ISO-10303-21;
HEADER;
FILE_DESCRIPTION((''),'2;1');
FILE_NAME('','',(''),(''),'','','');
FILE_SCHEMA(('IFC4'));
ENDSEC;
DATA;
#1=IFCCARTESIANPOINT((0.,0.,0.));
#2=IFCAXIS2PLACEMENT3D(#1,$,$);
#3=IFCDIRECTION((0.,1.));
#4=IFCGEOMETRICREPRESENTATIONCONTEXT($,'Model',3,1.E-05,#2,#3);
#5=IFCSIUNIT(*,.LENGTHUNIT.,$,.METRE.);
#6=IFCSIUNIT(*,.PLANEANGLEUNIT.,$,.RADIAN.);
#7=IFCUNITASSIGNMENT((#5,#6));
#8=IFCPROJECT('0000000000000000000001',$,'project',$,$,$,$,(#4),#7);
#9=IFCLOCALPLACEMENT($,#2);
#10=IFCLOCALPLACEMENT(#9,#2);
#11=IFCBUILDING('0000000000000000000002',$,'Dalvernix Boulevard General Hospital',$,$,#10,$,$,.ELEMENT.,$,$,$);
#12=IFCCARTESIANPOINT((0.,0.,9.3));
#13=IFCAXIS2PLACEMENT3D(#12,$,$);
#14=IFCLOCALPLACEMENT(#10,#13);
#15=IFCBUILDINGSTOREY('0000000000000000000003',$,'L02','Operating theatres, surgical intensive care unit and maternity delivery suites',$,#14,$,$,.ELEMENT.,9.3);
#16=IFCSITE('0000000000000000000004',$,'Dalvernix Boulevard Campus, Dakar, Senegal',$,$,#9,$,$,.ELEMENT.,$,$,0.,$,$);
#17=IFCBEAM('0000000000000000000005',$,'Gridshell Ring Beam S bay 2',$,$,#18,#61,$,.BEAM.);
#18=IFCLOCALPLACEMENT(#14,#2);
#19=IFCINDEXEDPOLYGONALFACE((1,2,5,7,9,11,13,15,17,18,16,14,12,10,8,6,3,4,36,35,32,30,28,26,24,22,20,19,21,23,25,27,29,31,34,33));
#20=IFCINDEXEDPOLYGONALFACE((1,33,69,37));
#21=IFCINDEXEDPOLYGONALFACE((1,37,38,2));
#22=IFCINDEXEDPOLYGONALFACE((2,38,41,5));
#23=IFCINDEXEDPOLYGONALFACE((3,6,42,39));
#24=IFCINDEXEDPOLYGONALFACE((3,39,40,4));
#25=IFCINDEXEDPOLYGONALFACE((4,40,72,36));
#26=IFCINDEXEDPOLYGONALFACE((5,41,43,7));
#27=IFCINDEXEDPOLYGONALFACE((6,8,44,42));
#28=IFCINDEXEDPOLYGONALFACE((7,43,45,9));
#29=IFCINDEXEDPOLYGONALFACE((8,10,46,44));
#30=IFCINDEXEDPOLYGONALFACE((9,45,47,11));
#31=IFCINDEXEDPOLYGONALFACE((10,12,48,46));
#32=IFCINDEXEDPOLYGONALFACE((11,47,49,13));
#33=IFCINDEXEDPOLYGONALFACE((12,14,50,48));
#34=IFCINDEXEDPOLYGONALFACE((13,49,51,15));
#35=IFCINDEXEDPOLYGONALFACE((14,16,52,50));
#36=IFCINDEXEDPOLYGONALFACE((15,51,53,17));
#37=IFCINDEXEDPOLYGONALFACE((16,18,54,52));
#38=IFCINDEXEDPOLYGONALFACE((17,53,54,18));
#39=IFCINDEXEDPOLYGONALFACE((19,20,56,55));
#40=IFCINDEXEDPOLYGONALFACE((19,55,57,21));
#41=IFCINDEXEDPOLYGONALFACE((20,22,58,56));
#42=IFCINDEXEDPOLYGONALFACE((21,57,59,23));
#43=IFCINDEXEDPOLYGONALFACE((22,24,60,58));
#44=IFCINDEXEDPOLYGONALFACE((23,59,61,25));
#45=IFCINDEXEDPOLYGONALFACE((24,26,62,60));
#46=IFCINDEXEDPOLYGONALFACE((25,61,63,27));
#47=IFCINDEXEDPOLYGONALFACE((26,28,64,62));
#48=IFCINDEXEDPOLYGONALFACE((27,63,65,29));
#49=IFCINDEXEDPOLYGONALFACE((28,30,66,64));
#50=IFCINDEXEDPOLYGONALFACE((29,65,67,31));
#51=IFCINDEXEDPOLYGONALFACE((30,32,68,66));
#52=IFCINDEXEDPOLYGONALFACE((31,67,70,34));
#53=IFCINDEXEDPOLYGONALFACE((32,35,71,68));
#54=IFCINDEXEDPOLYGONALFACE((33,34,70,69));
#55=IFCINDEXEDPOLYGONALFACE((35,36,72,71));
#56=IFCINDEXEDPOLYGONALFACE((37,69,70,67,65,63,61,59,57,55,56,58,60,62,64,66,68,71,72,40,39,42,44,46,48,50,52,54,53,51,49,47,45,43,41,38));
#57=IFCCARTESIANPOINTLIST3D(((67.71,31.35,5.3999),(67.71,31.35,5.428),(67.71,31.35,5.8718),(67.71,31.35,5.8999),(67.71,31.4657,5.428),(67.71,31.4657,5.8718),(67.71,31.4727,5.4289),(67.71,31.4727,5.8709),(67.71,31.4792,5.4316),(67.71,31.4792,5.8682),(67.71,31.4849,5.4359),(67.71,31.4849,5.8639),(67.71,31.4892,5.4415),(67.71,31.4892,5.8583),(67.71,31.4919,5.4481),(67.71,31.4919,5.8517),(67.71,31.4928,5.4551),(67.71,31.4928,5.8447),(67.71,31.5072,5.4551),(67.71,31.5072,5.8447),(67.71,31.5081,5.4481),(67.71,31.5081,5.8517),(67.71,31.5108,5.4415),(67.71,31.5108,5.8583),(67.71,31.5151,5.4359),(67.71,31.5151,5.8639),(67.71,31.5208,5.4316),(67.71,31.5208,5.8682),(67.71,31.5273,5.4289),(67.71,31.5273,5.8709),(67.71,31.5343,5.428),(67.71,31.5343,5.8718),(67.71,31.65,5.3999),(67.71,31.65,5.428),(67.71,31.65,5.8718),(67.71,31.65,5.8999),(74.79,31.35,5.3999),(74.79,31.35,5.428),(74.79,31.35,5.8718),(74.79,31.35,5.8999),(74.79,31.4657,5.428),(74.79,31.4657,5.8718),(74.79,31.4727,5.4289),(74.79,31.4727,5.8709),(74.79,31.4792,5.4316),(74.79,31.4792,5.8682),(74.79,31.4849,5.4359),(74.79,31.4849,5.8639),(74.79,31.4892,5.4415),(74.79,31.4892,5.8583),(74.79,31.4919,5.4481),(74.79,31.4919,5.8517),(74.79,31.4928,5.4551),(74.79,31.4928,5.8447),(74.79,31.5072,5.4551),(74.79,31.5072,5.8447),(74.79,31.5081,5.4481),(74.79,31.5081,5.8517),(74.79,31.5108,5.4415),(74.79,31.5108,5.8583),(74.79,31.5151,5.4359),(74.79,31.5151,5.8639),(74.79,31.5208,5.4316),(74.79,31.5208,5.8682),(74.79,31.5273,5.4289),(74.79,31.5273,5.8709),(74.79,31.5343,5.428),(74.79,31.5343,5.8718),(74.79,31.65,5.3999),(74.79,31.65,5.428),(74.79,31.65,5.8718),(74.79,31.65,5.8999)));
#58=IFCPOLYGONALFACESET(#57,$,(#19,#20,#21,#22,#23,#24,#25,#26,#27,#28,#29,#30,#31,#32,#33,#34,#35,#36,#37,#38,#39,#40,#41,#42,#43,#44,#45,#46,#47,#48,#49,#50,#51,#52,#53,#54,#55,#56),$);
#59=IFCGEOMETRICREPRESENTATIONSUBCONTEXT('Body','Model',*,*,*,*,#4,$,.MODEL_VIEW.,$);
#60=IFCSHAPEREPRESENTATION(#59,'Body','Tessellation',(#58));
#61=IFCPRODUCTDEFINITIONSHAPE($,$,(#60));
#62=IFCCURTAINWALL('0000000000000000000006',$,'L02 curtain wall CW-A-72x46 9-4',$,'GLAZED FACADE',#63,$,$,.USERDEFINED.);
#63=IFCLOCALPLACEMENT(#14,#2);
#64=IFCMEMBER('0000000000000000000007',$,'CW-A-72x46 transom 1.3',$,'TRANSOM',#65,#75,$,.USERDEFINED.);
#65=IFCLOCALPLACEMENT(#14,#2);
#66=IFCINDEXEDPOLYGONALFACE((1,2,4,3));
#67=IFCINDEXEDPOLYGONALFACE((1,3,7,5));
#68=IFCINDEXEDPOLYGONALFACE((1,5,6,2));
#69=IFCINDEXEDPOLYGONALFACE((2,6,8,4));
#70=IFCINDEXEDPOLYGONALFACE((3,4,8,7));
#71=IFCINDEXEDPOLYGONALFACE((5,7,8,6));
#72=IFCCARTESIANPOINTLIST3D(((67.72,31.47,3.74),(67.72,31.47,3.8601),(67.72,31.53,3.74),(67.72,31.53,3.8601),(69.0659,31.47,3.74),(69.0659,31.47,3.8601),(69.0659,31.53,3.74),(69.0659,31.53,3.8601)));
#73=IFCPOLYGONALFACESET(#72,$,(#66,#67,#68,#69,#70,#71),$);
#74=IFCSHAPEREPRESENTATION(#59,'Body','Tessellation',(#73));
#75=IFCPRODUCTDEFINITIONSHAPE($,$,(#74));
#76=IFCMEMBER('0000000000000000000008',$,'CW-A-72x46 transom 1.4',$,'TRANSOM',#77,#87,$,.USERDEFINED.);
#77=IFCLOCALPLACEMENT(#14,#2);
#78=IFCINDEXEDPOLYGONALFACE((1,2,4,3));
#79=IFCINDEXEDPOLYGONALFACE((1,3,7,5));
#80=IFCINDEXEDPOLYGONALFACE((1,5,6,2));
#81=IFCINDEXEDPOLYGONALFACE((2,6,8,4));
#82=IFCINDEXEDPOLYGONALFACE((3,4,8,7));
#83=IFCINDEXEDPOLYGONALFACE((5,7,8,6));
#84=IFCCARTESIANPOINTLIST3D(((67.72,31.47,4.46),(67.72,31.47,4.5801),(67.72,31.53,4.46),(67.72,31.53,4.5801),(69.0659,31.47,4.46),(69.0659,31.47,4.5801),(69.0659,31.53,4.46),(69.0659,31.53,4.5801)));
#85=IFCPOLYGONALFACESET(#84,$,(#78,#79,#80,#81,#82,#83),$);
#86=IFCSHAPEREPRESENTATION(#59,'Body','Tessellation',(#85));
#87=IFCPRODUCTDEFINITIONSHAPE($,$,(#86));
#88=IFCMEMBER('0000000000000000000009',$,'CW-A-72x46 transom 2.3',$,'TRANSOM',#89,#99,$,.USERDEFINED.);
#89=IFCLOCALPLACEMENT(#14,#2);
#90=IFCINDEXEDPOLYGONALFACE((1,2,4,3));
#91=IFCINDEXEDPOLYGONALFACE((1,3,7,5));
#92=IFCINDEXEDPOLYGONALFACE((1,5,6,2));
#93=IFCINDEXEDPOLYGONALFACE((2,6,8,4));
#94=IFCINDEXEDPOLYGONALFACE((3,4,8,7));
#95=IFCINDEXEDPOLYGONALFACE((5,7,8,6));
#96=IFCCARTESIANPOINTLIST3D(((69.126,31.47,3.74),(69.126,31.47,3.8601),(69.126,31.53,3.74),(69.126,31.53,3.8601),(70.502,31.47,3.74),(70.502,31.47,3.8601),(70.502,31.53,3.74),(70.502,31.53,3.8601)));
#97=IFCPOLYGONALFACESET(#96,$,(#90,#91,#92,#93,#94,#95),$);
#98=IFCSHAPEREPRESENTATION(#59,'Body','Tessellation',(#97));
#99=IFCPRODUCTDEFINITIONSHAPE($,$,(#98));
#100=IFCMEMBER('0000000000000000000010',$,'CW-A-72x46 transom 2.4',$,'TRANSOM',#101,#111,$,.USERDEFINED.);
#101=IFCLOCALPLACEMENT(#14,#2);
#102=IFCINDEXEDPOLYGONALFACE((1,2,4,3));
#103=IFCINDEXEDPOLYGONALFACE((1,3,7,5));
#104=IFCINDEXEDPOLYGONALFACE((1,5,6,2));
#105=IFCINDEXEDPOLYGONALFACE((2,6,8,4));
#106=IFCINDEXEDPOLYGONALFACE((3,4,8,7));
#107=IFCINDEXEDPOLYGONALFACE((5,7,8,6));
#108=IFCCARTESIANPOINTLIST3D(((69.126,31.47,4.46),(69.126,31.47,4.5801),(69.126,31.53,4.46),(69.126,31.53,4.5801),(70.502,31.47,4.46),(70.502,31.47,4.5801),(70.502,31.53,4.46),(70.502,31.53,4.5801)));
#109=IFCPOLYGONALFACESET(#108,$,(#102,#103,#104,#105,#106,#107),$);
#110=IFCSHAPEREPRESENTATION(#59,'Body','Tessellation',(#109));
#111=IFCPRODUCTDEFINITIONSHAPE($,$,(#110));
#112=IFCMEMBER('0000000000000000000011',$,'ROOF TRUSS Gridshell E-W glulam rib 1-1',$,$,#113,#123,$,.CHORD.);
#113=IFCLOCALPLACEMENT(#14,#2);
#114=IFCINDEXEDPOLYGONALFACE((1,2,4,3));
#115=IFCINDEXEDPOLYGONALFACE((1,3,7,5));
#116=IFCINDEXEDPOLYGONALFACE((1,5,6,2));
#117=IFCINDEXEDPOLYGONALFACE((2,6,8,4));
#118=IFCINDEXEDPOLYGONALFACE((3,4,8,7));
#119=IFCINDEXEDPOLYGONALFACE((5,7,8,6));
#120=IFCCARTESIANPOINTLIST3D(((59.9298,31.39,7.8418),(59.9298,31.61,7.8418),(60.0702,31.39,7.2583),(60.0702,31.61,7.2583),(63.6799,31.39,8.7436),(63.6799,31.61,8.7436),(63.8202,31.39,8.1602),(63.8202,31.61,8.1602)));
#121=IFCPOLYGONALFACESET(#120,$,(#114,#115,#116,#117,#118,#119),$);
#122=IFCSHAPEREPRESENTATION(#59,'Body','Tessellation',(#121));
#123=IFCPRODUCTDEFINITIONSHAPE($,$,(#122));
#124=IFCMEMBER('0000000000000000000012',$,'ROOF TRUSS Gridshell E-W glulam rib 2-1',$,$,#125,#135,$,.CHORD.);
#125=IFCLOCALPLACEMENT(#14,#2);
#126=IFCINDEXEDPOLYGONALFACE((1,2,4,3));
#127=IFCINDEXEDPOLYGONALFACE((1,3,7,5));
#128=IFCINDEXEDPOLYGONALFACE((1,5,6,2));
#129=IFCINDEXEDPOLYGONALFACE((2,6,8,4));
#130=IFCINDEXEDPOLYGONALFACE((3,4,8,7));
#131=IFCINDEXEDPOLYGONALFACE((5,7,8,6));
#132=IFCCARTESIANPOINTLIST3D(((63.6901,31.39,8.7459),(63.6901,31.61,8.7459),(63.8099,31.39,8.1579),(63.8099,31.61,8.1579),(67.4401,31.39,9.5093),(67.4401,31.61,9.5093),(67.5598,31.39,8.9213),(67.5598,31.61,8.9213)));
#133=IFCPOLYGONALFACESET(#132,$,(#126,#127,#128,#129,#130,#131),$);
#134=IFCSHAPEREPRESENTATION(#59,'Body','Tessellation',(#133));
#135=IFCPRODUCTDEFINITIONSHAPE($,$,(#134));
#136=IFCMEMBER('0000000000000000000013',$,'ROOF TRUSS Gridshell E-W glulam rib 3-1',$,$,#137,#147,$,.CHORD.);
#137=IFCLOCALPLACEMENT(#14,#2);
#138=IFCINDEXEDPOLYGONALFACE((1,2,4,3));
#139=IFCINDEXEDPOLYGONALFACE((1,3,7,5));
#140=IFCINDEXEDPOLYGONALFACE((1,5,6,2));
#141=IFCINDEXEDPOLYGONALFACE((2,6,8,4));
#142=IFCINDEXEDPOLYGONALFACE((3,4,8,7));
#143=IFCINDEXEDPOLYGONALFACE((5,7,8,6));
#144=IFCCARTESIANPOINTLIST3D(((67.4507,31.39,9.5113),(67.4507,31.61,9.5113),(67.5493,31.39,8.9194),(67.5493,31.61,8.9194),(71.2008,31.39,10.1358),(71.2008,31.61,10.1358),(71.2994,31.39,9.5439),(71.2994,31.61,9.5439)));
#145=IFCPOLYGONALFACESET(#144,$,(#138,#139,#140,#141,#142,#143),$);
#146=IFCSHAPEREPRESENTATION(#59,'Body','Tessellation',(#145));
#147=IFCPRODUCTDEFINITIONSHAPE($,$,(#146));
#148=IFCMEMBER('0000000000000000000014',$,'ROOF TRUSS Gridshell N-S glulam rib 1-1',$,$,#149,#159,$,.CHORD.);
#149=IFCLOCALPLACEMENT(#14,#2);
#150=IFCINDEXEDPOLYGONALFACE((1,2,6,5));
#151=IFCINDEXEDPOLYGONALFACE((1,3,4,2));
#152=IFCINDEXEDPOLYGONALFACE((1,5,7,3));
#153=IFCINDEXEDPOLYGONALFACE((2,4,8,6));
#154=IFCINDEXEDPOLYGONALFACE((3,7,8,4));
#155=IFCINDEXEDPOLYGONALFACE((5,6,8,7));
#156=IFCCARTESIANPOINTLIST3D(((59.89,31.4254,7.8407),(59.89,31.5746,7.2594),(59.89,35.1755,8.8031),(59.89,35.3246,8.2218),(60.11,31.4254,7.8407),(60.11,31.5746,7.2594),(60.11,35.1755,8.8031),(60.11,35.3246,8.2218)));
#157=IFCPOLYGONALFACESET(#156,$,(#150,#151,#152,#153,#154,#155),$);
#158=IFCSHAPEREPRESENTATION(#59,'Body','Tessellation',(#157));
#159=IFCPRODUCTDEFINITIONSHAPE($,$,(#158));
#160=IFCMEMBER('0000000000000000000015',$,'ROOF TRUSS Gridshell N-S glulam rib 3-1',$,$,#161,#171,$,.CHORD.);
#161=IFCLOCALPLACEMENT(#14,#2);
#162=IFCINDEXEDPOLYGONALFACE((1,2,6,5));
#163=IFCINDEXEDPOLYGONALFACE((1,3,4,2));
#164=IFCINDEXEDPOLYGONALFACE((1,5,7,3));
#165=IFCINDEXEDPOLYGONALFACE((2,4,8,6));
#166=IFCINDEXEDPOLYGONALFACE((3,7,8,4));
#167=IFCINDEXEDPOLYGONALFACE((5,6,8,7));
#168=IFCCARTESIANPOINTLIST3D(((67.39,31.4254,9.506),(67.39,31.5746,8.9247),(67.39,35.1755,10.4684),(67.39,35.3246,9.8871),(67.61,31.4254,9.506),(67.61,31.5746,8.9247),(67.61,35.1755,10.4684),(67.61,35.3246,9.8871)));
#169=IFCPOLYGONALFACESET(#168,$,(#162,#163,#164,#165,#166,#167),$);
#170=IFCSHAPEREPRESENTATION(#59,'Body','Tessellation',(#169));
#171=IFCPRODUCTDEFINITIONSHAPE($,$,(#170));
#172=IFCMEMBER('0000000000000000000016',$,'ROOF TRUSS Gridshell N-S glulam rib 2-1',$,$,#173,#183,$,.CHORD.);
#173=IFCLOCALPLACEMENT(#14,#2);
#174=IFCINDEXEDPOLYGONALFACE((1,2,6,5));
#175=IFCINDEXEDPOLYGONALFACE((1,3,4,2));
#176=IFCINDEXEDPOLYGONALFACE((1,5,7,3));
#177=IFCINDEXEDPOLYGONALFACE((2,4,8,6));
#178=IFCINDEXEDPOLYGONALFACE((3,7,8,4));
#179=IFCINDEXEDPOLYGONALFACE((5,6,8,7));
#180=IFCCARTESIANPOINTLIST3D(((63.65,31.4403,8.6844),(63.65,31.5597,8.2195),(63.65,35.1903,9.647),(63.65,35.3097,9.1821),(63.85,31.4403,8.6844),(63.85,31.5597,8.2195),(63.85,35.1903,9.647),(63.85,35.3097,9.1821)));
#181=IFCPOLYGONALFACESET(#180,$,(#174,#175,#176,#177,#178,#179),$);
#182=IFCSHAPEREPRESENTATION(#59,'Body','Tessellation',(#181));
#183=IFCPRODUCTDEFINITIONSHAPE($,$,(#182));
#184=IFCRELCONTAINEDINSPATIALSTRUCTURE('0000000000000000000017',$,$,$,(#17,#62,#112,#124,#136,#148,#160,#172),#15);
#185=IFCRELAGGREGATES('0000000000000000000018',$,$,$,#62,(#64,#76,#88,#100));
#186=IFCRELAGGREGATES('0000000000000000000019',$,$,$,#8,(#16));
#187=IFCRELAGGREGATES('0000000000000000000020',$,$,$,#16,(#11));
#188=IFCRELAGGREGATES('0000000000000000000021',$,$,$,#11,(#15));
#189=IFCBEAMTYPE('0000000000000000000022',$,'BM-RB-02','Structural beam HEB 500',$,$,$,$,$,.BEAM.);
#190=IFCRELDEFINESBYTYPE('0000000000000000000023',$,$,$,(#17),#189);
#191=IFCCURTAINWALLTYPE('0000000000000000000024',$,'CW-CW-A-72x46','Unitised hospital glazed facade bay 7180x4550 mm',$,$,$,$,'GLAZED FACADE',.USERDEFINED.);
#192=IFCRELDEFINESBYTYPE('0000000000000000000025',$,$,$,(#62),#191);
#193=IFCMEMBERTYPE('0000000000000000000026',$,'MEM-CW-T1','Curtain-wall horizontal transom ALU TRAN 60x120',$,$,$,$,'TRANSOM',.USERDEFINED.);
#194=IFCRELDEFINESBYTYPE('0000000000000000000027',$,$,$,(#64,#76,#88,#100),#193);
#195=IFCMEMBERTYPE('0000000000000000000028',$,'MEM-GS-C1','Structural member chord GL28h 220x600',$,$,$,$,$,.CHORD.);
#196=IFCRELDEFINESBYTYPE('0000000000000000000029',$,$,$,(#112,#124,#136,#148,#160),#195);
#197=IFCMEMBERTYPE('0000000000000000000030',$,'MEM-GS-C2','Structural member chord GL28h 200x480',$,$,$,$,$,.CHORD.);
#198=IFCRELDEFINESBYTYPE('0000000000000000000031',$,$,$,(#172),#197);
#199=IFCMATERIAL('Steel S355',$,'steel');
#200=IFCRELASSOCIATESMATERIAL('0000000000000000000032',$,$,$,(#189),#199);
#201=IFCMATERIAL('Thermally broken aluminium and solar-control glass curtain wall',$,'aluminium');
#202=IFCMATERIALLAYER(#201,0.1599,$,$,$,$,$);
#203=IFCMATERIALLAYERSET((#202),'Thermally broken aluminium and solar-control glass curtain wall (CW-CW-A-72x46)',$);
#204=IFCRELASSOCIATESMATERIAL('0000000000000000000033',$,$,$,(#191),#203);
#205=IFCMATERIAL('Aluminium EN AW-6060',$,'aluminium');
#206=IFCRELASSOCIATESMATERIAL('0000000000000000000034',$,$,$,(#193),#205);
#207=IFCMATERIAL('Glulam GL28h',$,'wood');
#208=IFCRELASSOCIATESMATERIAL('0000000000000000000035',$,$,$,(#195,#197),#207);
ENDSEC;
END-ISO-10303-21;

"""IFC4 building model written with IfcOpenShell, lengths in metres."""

from ifc_helpers import new_model, si_unit, direction, frame, origin, origin_2d, place, context, subcontext, project, spatial, rectangle, i_section, extrude, material, layer, layer_set, material_profile, profile_set, type_object, element, aggregate, save


model = new_model("IFC4")

# Units and contexts
model_context = context("Model", 3, precision=1e-05, world=origin(), true_north=direction((0.0, 1.0)))
body_context = subcontext(model_context, "Body", "Model", "MODEL_VIEW")
ifc_project = project(units=[si_unit("LENGTHUNIT", "METRE"), si_unit("PLANEANGLEUNIT", "RADIAN")], contexts=[model_context])

# Site, building, storey
site_placement = place(None, origin())
site = spatial("IfcSite", under=ifc_project, at=site_placement, Name="Dalvernix Boulevard Campus, Dakar, Senegal", CompositionType="ELEMENT", RefElevation=0.0)
building_placement = place(site_placement, origin())
building = spatial("IfcBuilding", under=site, at=building_placement, Name="Dalvernix Boulevard General Hospital", CompositionType="ELEMENT")
storey_placement = place(building_placement, frame((0.0, 0.0, 9.3)))
storey = spatial("IfcBuildingStorey", under=building, at=storey_placement, Name="L02", Description="Operating theatres, surgical intensive care unit and maternity delivery suites", CompositionType="ELEMENT", Elevation=9.3)

# Shared definitions
ifc_material_1 = material(Name="Steel S355", Category="steel")

# Beam
ifc_material_profile_1 = material_profile(ifc_material_1, i_section(OverallWidth=0.3, OverallDepth=0.5, WebThickness=0.0144, FlangeThickness=0.0281, FilletRadius=0.0271, at=origin_2d()), Name="HEB 500")
ifc_profile_set_1 = profile_set([ifc_material_profile_1], Name="Steel S355")
beam_type = type_object("IfcBeamType", Name="BM-RB-02", Description="Structural beam HEB 500", PredefinedType="BEAM", material=ifc_profile_set_1)
for number, where, z_axis, x_axis, name in (
    (1, (67.71, 31.5, 5.6499), (1.0, 0.0, 0.0), (0.0, 1.0, 0.0), "Gridshell Ring Beam S bay 2"),
):
    element("IfcBeam", number, at=place(storey_placement, frame(where, z_axis=z_axis, x_axis=x_axis)), inside=storey, type_object=beam_type, Name=name, PredefinedType="BEAM", context=body_context, shape_type="SweptSolid", body=[
        extrude(i_section(OverallWidth=0.3, OverallDepth=0.5, WebThickness=0.0144, FlangeThickness=0.0281, FilletRadius=0.0271, at=origin_2d()), origin(), (0.0, 0.0, 1.0), 7.0801),
    ])

# Curtain wall, members
ifc_material_2 = material(Name="Thermally broken aluminium and solar-control glass curtain wall", Category="aluminium")
ifc_layer_1 = layer(ifc_material_2, 0.1599)
ifc_layer_set_1 = layer_set([ifc_layer_1], Name="Thermally broken aluminium and solar-control glass curtain wall (CW-CW-A-72x46)")
curtain_wall_type = type_object("IfcCurtainWallType", Name="CW-CW-A-72x46", Description="Unitised hospital glazed facade bay 7180x4550 mm", ElementType="GLAZED FACADE", PredefinedType="USERDEFINED", material=ifc_layer_set_1)
curtain_wall_placement = place(storey_placement, origin())
curtain_wall = element("IfcCurtainWall", 2, at=curtain_wall_placement, inside=storey, type_object=curtain_wall_type, Name="L02 curtain wall CW-A-72x46 9-4", ObjectType="GLAZED FACADE", PredefinedType="USERDEFINED")
ifc_material_3 = material(Name="Aluminium EN AW-6060", Category="aluminium")
ifc_material_profile_2 = material_profile(ifc_material_3, rectangle(XDim=0.0601, YDim=0.1201, at=origin_2d()), Name="ALU TRAN 60x120")
ifc_profile_set_2 = profile_set([ifc_material_profile_2], Name="Aluminium EN AW-6060")
member_type_1 = type_object("IfcMemberType", Name="MEM-CW-T1", Description="Curtain-wall horizontal transom ALU TRAN 60x120", ElementType="TRANSOM", PredefinedType="USERDEFINED", material=ifc_profile_set_2)
member_1_placement = place(storey_placement, frame((67.72, 31.5, 3.8), z_axis=(1.0, 0.0, 0.0), x_axis=(0.0, 1.0, 0.0)))
member_1 = element("IfcMember", 3, at=member_1_placement, type_object=member_type_1, Name="CW-A-72x46 transom 1.3", ObjectType="TRANSOM", PredefinedType="USERDEFINED", context=body_context, shape_type="SweptSolid", body=[
    extrude(rectangle(XDim=0.0601, YDim=0.1201, at=origin_2d()), origin(), (0.0, 0.0, 1.0), 1.3459),
])
member_2_placement = place(storey_placement, frame((67.72, 31.5, 4.52), z_axis=(1.0, 0.0, 0.0), x_axis=(0.0, 1.0, 0.0)))
member_2 = element("IfcMember", 4, at=member_2_placement, type_object=member_type_1, Name="CW-A-72x46 transom 1.4", ObjectType="TRANSOM", PredefinedType="USERDEFINED", context=body_context, shape_type="SweptSolid", body=[
    extrude(rectangle(XDim=0.0601, YDim=0.1201, at=origin_2d()), origin(), (0.0, 0.0, 1.0), 1.3459),
])
member_3_placement = place(storey_placement, frame((69.126, 31.5, 3.8), z_axis=(1.0, 0.0, 0.0), x_axis=(0.0, 1.0, 0.0)))
member_3 = element("IfcMember", 5, at=member_3_placement, type_object=member_type_1, Name="CW-A-72x46 transom 2.3", ObjectType="TRANSOM", PredefinedType="USERDEFINED", context=body_context, shape_type="SweptSolid", body=[
    extrude(rectangle(XDim=0.0601, YDim=0.1201, at=origin_2d()), origin(), (0.0, 0.0, 1.0), 1.376),
])
member_4_placement = place(storey_placement, frame((69.126, 31.5, 4.52), z_axis=(1.0, 0.0, 0.0), x_axis=(0.0, 1.0, 0.0)))
member_4 = element("IfcMember", 6, at=member_4_placement, type_object=member_type_1, Name="CW-A-72x46 transom 2.4", ObjectType="TRANSOM", PredefinedType="USERDEFINED", context=body_context, shape_type="SweptSolid", body=[
    extrude(rectangle(XDim=0.0601, YDim=0.1201, at=origin_2d()), origin(), (0.0, 0.0, 1.0), 1.376),
])

# Members
ifc_material_4 = material(Name="Glulam GL28h", Category="wood")
ifc_material_profile_3 = material_profile(ifc_material_4, rectangle(XDim=0.22, YDim=0.6001, at=origin_2d()), Name="GL28h 220x600")
ifc_profile_set_3 = profile_set([ifc_material_profile_3], Name="Glulam GL28h")
member_type_2 = type_object("IfcMemberType", Name="MEM-GS-C1", Description="Structural member chord GL28h 220x600", PredefinedType="CHORD", material=ifc_profile_set_3)
member_5_placement = place(storey_placement, frame((60.0, 31.5, 7.55), z_axis=(0.972278, 0.0, 0.233828), x_axis=(0.0, 1.0, 0.0)))
element("IfcMember", 7, at=member_5_placement, inside=storey, type_object=member_type_2, Name="ROOF TRUSS Gridshell E-W glulam rib 1-1", PredefinedType="CHORD", context=body_context, shape_type="SweptSolid", body=[
    extrude(rectangle(XDim=0.22, YDim=0.6001, at=origin_2d()), origin(), (0.0, 0.0, 1.0), 3.8569),
])
member_6_placement = place(storey_placement, frame((63.75, 31.5, 8.4519), z_axis=(0.9799, 0.0, 0.199489), x_axis=(0.0, 1.0, 0.0)))
element("IfcMember", 8, at=member_6_placement, inside=storey, type_object=member_type_2, Name="ROOF TRUSS Gridshell E-W glulam rib 2-1", PredefinedType="CHORD", context=body_context, shape_type="SweptSolid", body=[
    extrude(rectangle(XDim=0.22, YDim=0.6001, at=origin_2d()), origin(), (0.0, 0.0, 1.0), 3.8269),
])
member_7_placement = place(storey_placement, frame((67.5, 31.5, 9.2153), z_axis=(0.986415, 0.0, 0.164274), x_axis=(0.0, 1.0, 0.0)))
element("IfcMember", 9, at=member_7_placement, inside=storey, type_object=member_type_2, Name="ROOF TRUSS Gridshell E-W glulam rib 3-1", PredefinedType="CHORD", context=body_context, shape_type="SweptSolid", body=[
    extrude(rectangle(XDim=0.22, YDim=0.6001, at=origin_2d()), origin(), (0.0, 0.0, 1.0), 3.8018),
])
for number, where, z_axis, x_axis, name in (
    (10, (60.0, 31.5, 7.55), (0.0, 0.96861, 0.248585), (-1.0, 0.0, 0.0), "ROOF TRUSS Gridshell N-S glulam rib 1-1"),
    (11, (67.5, 31.5, 9.2153), (0.0, 0.96861, 0.248585), (-1.0, 0.0, 0.0), "ROOF TRUSS Gridshell N-S glulam rib 3-1"),
):
    element("IfcMember", number, at=place(storey_placement, frame(where, z_axis=z_axis, x_axis=x_axis)), inside=storey, type_object=member_type_2, Name=name, PredefinedType="CHORD", context=body_context, shape_type="SweptSolid", body=[
        extrude(rectangle(XDim=0.22, YDim=0.6001, at=origin_2d()), origin(), (0.0, 0.0, 1.0), 3.8716),
    ])
ifc_material_profile_4 = material_profile(ifc_material_4, rectangle(XDim=0.2, YDim=0.48, at=origin_2d()), Name="GL28h 200x480")
ifc_profile_set_4 = profile_set([ifc_material_profile_4], Name="Glulam GL28h")
member_type_3 = type_object("IfcMemberType", Name="MEM-GS-C2", Description="Structural member chord GL28h 200x480", PredefinedType="CHORD", material=ifc_profile_set_4)
member_8_placement = place(storey_placement, frame((63.75, 31.5, 8.4519), z_axis=(0.0, 0.968595, 0.248644), x_axis=(-1.0, 0.0, 0.0)))
element("IfcMember", 12, at=member_8_placement, inside=storey, type_object=member_type_3, Name="ROOF TRUSS Gridshell N-S glulam rib 2-1", PredefinedType="CHORD", context=body_context, shape_type="SweptSolid", body=[
    extrude(rectangle(XDim=0.2, YDim=0.48, at=origin_2d()), origin(), (0.0, 0.0, 1.0), 3.8716),
])

aggregate(curtain_wall, [member_1, member_2, member_3, member_4])

save(model, "model.ifc")
